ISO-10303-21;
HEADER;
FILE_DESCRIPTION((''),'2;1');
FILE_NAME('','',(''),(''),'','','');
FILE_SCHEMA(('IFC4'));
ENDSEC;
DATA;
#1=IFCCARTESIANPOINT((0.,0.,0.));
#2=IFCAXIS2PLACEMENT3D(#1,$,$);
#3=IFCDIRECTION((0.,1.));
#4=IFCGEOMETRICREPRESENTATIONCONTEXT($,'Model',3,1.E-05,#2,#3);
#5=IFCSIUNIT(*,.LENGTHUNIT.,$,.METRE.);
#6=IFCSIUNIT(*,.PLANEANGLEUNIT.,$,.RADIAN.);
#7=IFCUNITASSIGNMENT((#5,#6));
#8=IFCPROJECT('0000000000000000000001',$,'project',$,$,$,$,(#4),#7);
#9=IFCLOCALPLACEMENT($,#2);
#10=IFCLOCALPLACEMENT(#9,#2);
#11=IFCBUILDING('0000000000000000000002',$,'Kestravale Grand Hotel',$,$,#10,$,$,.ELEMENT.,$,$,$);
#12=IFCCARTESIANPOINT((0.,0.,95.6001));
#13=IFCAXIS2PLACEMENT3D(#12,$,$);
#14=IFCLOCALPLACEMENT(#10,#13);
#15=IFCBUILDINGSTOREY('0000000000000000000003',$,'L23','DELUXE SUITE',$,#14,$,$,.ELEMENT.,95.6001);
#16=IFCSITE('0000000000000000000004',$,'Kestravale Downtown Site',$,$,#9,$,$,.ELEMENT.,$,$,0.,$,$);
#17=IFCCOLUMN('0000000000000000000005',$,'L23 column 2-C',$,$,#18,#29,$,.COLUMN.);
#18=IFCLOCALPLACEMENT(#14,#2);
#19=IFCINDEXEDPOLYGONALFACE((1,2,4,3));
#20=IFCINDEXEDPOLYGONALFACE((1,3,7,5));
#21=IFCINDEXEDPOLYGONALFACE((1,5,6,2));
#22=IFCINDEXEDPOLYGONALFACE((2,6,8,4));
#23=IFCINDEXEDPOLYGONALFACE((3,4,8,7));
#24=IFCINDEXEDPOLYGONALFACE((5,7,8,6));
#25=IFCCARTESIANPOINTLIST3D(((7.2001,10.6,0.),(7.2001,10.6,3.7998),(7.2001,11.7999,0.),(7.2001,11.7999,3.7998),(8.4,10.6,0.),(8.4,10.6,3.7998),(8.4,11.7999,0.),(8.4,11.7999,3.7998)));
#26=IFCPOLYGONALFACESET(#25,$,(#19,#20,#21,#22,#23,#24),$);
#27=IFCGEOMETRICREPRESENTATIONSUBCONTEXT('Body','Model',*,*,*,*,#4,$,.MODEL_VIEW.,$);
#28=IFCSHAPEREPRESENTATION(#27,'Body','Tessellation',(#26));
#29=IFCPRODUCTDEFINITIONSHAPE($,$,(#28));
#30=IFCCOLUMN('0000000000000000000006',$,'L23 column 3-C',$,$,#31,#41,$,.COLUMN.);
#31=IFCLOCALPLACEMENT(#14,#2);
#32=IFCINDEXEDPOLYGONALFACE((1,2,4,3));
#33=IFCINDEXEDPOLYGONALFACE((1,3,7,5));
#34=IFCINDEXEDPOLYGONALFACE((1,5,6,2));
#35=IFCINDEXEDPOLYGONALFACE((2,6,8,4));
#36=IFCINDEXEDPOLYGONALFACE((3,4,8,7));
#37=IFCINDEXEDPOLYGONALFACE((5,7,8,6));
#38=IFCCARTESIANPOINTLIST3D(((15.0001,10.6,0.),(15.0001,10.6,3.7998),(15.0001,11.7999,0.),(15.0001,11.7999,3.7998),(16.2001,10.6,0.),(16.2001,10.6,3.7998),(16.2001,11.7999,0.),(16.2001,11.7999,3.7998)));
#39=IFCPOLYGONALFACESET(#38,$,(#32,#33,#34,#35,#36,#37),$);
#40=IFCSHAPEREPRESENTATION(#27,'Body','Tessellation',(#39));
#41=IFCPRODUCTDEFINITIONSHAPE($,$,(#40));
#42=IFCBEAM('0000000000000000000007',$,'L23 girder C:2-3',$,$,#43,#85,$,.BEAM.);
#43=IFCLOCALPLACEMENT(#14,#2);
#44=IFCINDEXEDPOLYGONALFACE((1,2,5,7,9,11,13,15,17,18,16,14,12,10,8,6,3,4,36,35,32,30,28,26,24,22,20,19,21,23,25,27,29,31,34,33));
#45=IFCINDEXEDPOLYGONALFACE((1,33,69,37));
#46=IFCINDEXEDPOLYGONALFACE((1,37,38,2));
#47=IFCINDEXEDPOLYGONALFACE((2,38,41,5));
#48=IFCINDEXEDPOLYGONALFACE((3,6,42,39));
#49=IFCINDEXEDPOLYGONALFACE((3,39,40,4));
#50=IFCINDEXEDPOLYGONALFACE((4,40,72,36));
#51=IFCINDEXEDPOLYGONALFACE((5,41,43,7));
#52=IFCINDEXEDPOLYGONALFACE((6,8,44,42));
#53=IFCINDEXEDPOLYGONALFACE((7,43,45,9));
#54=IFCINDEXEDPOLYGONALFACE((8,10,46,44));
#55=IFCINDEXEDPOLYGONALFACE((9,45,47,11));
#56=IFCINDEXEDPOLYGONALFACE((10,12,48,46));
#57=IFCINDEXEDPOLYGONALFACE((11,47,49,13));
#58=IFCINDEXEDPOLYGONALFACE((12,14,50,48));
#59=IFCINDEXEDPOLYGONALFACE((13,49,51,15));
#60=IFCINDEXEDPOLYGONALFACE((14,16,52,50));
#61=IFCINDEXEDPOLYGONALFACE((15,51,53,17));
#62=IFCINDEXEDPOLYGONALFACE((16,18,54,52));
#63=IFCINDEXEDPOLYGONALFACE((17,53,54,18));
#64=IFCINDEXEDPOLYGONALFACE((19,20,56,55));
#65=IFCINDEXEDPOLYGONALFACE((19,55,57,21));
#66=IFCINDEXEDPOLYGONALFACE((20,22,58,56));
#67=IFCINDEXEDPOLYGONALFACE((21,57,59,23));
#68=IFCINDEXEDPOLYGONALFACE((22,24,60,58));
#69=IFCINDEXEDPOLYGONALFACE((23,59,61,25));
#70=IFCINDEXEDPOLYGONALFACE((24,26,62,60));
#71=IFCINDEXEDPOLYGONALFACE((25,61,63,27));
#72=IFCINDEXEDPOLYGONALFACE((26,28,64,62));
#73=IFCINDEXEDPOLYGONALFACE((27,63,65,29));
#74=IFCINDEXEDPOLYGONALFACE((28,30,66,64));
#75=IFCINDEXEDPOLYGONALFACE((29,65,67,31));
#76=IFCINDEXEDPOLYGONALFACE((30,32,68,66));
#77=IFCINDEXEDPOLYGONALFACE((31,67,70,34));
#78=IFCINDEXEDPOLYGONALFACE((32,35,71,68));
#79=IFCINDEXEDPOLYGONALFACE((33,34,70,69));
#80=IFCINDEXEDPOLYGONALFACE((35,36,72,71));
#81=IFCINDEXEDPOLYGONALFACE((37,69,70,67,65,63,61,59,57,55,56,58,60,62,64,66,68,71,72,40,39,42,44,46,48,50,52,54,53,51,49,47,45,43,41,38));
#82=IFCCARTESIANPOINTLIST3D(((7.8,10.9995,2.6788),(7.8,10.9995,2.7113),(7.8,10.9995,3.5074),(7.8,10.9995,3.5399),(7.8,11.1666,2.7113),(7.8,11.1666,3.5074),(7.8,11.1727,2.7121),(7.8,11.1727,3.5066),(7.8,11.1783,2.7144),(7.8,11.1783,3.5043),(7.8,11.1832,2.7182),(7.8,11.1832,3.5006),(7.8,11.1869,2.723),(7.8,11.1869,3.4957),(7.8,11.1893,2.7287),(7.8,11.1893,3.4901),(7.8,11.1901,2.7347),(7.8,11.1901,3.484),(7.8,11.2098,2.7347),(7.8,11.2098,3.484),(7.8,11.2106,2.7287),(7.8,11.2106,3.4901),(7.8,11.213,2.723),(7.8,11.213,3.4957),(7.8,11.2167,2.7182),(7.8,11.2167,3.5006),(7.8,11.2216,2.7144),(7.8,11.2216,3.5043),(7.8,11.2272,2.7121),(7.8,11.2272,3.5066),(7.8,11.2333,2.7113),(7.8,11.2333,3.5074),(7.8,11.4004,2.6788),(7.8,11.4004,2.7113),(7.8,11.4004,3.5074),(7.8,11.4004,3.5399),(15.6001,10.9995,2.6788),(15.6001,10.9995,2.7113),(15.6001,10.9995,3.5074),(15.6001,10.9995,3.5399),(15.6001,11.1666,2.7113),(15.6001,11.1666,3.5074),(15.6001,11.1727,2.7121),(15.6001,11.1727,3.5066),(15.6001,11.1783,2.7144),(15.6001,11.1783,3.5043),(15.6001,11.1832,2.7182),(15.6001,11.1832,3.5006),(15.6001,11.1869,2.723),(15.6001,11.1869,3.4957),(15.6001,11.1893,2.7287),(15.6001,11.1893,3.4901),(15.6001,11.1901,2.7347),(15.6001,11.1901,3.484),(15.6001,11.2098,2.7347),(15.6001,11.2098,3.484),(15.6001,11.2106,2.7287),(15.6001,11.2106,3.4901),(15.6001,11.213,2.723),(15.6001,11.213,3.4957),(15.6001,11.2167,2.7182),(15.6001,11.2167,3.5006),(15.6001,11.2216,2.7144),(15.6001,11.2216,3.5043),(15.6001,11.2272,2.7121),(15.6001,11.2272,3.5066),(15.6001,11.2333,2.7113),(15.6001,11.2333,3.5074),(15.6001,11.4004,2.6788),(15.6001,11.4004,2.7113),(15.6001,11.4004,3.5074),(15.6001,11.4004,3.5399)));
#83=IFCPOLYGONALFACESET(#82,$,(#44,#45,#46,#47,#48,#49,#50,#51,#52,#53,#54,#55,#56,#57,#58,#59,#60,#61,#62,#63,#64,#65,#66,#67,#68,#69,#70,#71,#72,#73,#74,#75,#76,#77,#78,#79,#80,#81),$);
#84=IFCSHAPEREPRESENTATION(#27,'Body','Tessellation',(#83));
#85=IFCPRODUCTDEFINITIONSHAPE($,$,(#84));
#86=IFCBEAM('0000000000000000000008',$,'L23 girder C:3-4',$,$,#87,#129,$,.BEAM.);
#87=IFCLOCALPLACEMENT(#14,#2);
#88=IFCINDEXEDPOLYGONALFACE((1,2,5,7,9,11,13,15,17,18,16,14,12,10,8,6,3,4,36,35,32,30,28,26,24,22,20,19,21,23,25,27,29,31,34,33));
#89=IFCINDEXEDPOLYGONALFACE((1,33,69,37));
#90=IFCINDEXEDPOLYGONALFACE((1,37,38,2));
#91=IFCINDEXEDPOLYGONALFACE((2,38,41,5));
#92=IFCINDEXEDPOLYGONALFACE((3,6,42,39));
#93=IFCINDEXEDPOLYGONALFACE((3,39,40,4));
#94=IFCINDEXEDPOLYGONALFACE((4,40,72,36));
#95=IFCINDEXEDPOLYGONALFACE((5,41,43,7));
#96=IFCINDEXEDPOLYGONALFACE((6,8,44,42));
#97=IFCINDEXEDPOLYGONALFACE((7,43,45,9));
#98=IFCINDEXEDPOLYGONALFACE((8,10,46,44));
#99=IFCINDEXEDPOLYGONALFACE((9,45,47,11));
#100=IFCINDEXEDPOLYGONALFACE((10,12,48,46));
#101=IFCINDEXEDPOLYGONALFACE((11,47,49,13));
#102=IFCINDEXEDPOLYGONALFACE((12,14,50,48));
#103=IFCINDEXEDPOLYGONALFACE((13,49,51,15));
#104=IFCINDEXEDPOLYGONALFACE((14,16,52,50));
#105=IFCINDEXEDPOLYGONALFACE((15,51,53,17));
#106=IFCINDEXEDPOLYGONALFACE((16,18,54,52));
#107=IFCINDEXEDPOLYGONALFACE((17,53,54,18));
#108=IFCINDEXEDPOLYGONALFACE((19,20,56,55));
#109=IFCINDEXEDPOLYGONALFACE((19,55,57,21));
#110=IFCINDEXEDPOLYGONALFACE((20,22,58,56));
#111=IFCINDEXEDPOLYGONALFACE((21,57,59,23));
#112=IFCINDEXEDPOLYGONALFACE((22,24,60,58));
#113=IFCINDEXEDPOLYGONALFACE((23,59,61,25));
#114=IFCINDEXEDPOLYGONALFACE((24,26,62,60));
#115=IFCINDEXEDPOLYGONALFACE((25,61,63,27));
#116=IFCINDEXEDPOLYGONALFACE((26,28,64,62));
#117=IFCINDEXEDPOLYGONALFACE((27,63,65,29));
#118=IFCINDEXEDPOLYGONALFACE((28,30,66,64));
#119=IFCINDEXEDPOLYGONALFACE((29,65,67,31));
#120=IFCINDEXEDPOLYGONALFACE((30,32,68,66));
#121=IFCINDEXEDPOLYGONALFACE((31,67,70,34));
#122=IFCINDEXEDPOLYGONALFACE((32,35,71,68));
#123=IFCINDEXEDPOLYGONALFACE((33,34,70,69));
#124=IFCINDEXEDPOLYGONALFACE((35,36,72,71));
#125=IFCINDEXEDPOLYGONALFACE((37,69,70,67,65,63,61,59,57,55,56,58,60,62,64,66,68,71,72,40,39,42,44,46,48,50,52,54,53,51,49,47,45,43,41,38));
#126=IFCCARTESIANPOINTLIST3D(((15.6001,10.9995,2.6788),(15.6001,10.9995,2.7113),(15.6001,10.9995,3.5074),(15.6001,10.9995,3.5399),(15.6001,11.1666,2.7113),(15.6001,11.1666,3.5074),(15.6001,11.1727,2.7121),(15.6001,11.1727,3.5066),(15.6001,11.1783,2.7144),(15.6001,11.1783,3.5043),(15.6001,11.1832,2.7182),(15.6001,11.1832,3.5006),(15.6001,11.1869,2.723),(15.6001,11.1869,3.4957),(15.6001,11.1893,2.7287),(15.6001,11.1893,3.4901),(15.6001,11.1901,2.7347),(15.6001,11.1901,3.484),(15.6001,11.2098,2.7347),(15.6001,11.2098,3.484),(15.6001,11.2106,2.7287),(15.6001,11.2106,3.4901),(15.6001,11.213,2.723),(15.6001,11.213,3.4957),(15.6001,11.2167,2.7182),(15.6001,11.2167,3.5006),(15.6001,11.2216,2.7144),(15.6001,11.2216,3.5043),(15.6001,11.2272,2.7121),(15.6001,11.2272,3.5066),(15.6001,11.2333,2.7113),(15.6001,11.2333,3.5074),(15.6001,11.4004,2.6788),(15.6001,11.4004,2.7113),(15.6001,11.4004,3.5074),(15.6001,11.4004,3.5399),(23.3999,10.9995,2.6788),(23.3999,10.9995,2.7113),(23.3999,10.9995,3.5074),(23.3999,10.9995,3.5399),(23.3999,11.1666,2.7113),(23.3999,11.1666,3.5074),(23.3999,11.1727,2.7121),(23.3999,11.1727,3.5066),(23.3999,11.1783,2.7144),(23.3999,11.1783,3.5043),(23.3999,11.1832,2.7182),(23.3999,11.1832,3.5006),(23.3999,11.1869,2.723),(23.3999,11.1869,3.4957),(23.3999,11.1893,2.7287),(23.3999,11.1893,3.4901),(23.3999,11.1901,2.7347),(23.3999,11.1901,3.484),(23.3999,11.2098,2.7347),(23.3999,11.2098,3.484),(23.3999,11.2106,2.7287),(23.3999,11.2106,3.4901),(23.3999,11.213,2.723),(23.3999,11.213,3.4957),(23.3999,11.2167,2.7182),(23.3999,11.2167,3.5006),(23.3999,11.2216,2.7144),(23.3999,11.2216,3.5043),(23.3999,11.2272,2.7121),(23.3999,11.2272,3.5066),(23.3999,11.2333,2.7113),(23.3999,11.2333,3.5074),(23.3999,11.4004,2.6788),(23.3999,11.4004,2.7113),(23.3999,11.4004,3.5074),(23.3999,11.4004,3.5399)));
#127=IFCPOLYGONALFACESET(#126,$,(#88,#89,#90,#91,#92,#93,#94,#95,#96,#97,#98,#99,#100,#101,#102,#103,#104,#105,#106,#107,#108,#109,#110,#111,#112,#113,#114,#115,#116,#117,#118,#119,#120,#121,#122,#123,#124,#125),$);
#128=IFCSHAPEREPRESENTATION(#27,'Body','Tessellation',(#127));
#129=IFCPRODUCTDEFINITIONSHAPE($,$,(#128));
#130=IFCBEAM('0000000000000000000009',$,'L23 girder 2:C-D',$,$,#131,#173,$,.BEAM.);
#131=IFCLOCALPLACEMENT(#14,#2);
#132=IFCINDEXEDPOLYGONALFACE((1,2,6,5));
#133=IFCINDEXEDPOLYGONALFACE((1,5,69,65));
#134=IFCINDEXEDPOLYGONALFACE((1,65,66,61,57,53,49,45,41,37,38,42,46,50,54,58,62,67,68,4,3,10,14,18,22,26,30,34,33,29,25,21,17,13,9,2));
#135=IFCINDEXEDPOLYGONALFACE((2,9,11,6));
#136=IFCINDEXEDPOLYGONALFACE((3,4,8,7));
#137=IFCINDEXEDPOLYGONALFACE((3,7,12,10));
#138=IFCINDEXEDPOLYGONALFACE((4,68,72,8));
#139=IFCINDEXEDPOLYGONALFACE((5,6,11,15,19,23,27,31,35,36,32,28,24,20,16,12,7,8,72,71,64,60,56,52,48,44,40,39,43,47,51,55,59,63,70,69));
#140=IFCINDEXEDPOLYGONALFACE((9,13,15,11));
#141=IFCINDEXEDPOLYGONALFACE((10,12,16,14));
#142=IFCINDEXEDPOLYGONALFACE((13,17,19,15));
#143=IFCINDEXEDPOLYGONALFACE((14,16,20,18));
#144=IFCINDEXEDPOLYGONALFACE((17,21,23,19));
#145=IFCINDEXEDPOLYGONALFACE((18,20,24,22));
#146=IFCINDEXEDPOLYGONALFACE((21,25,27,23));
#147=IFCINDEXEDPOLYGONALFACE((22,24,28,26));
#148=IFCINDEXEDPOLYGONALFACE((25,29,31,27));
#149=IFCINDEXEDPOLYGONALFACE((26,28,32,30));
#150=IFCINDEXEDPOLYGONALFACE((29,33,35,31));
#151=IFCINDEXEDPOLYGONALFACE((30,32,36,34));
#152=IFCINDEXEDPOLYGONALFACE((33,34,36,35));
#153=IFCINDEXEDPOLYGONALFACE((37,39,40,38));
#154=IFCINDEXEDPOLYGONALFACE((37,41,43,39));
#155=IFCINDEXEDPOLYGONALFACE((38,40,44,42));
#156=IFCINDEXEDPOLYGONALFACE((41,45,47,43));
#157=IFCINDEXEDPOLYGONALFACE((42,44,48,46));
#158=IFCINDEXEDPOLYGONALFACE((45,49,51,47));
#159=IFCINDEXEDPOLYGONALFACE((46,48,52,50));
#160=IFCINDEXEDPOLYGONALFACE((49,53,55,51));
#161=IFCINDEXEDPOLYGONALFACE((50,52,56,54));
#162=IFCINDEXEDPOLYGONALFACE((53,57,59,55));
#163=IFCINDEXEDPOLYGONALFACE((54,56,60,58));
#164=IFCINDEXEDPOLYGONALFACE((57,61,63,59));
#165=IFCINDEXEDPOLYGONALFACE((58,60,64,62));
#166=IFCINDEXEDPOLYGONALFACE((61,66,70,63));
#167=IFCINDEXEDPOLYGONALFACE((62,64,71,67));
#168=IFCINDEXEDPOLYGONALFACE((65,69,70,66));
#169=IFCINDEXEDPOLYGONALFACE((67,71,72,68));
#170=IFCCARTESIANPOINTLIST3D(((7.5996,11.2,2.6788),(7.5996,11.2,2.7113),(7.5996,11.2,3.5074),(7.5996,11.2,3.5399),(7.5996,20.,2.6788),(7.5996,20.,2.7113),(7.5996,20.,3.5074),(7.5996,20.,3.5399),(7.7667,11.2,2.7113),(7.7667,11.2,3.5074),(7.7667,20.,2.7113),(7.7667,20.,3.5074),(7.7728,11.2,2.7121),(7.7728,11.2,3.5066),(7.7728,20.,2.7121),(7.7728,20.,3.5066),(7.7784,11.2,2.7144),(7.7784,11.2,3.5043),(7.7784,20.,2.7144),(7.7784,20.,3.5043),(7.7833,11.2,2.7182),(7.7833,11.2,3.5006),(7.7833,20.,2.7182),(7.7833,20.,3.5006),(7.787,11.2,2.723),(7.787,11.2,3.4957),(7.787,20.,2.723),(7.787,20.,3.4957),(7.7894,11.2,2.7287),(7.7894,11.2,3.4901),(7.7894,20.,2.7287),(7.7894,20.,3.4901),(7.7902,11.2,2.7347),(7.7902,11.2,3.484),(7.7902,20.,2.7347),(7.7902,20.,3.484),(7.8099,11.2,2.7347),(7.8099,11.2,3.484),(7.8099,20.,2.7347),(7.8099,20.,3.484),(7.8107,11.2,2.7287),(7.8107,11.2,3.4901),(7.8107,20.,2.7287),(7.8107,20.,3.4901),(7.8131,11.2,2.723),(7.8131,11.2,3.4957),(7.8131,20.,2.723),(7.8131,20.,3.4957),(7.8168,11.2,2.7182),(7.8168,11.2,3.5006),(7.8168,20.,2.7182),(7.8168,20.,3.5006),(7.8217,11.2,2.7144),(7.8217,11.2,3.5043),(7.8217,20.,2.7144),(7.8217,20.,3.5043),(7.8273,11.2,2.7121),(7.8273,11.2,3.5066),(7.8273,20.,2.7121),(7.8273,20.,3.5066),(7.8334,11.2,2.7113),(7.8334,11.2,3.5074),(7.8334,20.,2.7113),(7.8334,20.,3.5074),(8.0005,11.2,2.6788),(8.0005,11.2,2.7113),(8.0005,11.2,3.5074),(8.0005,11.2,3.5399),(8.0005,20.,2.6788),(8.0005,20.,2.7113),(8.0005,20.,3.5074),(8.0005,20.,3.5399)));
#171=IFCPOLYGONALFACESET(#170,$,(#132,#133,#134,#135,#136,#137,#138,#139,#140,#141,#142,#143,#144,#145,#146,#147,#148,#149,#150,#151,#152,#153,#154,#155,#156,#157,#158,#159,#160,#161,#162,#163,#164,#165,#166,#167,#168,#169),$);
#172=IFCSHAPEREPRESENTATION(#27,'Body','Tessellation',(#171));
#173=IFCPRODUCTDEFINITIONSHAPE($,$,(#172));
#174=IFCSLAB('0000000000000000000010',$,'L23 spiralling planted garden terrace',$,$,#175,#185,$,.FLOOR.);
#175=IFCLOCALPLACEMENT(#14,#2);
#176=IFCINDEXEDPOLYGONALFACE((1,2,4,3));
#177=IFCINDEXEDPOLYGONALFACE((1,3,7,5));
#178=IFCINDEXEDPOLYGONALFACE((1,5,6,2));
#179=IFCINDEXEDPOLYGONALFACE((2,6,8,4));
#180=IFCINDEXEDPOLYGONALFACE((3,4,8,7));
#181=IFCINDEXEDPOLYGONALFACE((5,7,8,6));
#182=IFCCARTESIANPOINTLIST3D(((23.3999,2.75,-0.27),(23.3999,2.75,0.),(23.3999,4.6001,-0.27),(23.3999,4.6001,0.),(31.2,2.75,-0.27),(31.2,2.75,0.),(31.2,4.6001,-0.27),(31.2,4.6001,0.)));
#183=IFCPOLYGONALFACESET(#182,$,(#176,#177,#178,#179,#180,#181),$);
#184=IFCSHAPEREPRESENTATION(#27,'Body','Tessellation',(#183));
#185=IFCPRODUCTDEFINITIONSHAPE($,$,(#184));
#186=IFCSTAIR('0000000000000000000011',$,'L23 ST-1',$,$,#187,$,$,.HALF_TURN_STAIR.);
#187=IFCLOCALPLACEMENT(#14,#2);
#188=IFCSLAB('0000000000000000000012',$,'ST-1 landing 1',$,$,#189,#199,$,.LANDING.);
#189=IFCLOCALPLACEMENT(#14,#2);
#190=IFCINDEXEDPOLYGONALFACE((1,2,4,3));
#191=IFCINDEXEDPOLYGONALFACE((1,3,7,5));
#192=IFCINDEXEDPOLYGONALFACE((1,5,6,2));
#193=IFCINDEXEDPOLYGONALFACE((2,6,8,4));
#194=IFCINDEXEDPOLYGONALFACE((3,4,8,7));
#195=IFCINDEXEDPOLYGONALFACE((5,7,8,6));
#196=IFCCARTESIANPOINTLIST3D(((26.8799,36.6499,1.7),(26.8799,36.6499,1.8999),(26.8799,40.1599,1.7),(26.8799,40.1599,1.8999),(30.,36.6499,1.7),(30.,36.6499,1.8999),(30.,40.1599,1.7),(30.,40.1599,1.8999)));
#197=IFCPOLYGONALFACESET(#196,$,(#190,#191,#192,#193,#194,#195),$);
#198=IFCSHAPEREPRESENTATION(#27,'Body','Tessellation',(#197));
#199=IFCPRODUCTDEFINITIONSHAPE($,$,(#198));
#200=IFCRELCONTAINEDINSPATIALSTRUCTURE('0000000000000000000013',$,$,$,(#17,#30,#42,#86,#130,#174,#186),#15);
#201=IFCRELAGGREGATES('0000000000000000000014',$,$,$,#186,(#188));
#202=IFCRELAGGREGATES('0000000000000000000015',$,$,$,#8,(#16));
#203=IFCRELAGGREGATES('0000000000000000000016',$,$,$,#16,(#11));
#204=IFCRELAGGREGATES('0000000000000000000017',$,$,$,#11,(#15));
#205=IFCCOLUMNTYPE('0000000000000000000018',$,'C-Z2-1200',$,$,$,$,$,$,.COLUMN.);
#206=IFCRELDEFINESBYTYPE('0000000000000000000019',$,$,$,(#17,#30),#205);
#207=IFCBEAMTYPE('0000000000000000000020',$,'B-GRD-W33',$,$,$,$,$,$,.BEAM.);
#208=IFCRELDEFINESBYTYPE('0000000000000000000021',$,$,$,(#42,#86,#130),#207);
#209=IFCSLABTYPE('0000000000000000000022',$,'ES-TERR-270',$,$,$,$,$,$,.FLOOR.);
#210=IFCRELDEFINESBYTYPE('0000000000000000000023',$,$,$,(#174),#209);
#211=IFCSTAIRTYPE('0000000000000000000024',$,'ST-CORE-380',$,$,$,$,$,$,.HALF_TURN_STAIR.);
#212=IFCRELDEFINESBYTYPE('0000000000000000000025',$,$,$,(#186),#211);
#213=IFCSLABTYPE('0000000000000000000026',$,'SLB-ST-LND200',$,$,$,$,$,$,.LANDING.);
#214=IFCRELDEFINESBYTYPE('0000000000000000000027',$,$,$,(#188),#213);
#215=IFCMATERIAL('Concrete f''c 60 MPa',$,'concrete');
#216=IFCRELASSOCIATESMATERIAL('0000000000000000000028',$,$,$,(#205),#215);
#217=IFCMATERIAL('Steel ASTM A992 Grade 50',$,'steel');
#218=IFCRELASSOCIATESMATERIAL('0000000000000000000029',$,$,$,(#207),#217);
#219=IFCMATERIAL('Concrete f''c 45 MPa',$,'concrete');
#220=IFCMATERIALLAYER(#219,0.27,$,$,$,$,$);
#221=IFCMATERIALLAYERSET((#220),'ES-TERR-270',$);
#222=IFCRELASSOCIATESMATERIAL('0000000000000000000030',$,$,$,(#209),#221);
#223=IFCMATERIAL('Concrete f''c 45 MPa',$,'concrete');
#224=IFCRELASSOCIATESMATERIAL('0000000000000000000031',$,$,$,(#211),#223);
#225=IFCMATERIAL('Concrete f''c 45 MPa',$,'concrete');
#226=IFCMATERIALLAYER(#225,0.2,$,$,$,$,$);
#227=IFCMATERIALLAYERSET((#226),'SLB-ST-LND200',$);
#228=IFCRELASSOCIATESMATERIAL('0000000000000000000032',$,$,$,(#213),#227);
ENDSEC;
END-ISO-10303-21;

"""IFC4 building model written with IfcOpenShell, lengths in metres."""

from ifc_helpers import new_model, si_unit, direction, frame, origin, origin_2d, place, context, subcontext, project, spatial, polyline, rectangle, i_section, outline, extrude, material, layer, layer_set, material_profile, profile_set, type_object, element, aggregate, save


model = new_model("IFC4")

# Units and contexts
model_context = context("Model", 3, precision=1e-05, world=origin(), true_north=direction((0.0, 1.0)))
body_context = subcontext(model_context, "Body", "Model", "MODEL_VIEW")
ifc_project = project(units=[si_unit("LENGTHUNIT", "METRE"), si_unit("PLANEANGLEUNIT", "RADIAN")], contexts=[model_context])

# Site, building, storey
site_placement = place(None, origin())
site = spatial("IfcSite", under=ifc_project, at=site_placement, Name="Kestravale Downtown Site", CompositionType="ELEMENT", RefElevation=0.0)
building_placement = place(site_placement, origin())
building = spatial("IfcBuilding", under=site, at=building_placement, Name="Kestravale Grand Hotel", CompositionType="ELEMENT")
storey_placement = place(building_placement, frame((0.0, 0.0, 95.6001)))
storey = spatial("IfcBuildingStorey", under=building, at=storey_placement, Name="L23", Description="DELUXE SUITE", CompositionType="ELEMENT", Elevation=95.6001)

# Columns
ifc_material_1 = material(Name="Concrete f'c 60 MPa", Category="concrete")
ifc_material_profile_1 = material_profile(ifc_material_1, rectangle(XDim=1.2, YDim=1.2, at=origin_2d()))
ifc_profile_set_1 = profile_set([ifc_material_profile_1], Name="Concrete f'c 60 MPa")
column_type = type_object("IfcColumnType", Name="C-Z2-1200", PredefinedType="COLUMN", material=ifc_profile_set_1)
for number, where, z_axis, x_axis, name in (
    (1, (7.8, 11.2, 0.0), (0.0, 0.0, 1.0), (1.0, 0.0, 0.0), "L23 column 2-C"),
    (2, (15.6001, 11.2, 0.0), (0.0, 0.0, 1.0), (1.0, 0.0, 0.0), "L23 column 3-C"),
):
    element("IfcColumn", number, at=place(storey_placement, frame(where, z_axis=z_axis, x_axis=x_axis)), inside=storey, type_object=column_type, Name=name, PredefinedType="COLUMN", context=body_context, shape_type="SweptSolid", body=[
        extrude(rectangle(XDim=1.2, YDim=1.2, at=origin_2d()), origin(), (0.0, 0.0, 1.0), 3.7998),
    ])

# Beams
ifc_material_2 = material(Name="Steel ASTM A992 Grade 50", Category="steel")
ifc_material_profile_2 = material_profile(ifc_material_2, i_section(OverallWidth=0.4009, OverallDepth=0.8611, WebThickness=0.0198, FlangeThickness=0.0325, FilletRadius=0.0234, at=origin_2d()))
ifc_profile_set_2 = profile_set([ifc_material_profile_2], Name="Steel ASTM A992 Grade 50")
beam_type = type_object("IfcBeamType", Name="B-GRD-W33", PredefinedType="BEAM", material=ifc_profile_set_2)
beam_1_placement = place(storey_placement, frame((7.8, 11.2, 3.1094), z_axis=(1.0, 0.0, 0.0), x_axis=(0.0, 1.0, 0.0)))
element("IfcBeam", 3, at=beam_1_placement, inside=storey, type_object=beam_type, Name="L23 girder C:2-3", PredefinedType="BEAM", context=body_context, shape_type="SweptSolid", body=[
    extrude(i_section(OverallWidth=0.4009, OverallDepth=0.8611, WebThickness=0.0198, FlangeThickness=0.0325, FilletRadius=0.0234, at=origin_2d()), origin(), (0.0, 0.0, 1.0), 7.8),
])
beam_2_placement = place(storey_placement, frame((15.6001, 11.2, 3.1094), z_axis=(1.0, 0.0, 0.0), x_axis=(0.0, 1.0, 0.0)))
element("IfcBeam", 4, at=beam_2_placement, inside=storey, type_object=beam_type, Name="L23 girder C:3-4", PredefinedType="BEAM", context=body_context, shape_type="SweptSolid", body=[
    extrude(i_section(OverallWidth=0.4009, OverallDepth=0.8611, WebThickness=0.0198, FlangeThickness=0.0325, FilletRadius=0.0234, at=origin_2d()), origin(), (0.0, 0.0, 1.0), 7.7998),
])
beam_3_placement = place(storey_placement, frame((7.8, 11.2, 3.1094), z_axis=(0.0, 1.0, 0.0), x_axis=(-1.0, 0.0, 0.0)))
element("IfcBeam", 5, at=beam_3_placement, inside=storey, type_object=beam_type, Name="L23 girder 2:C-D", PredefinedType="BEAM", context=body_context, shape_type="SweptSolid", body=[
    extrude(i_section(OverallWidth=0.4009, OverallDepth=0.8611, WebThickness=0.0198, FlangeThickness=0.0325, FilletRadius=0.0234, at=origin_2d()), origin(), (0.0, 0.0, 1.0), 8.8),
])

# Slab
ifc_material_3 = material(Name="Concrete f'c 45 MPa", Category="concrete")
ifc_layer_1 = layer(ifc_material_3, 0.27)
ifc_layer_set_1 = layer_set([ifc_layer_1], Name="ES-TERR-270")
slab_type_1 = type_object("IfcSlabType", Name="ES-TERR-270", PredefinedType="FLOOR", material=ifc_layer_set_1)
slab_1_placement = place(storey_placement, frame((0.0, 0.0, -0.27)))
element("IfcSlab", 6, at=slab_1_placement, inside=storey, type_object=slab_type_1, Name="L23 spiralling planted garden terrace", PredefinedType="FLOOR", context=body_context, shape_type="SweptSolid", body=[
    extrude(outline(polyline([(23.3999, 2.75), (31.2, 2.75), (31.2, 4.6001), (23.3999, 4.6001), (23.3999, 2.75)])), origin(), (0.0, 0.0, 1.0), 0.27),
])

# Stair, slab
ifc_material_4 = material(Name="Concrete f'c 45 MPa", Category="concrete")
stair_type = type_object("IfcStairType", Name="ST-CORE-380", PredefinedType="HALF_TURN_STAIR", material=ifc_material_4)
stair_1_placement = place(storey_placement, origin())
stair_1 = element("IfcStair", 7, at=stair_1_placement, inside=storey, type_object=stair_type, Name="L23 ST-1", PredefinedType="HALF_TURN_STAIR")
ifc_material_5 = material(Name="Concrete f'c 45 MPa", Category="concrete")
ifc_layer_2 = layer(ifc_material_5, 0.2)
ifc_layer_set_2 = layer_set([ifc_layer_2], Name="SLB-ST-LND200")
slab_type_2 = type_object("IfcSlabType", Name="SLB-ST-LND200", PredefinedType="LANDING", material=ifc_layer_set_2)
slab_2_placement = place(storey_placement, frame((0.0, 0.0, 1.7)))
slab_2 = element("IfcSlab", 8, at=slab_2_placement, type_object=slab_type_2, Name="ST-1 landing 1", PredefinedType="LANDING", context=body_context, shape_type="SweptSolid", body=[
    extrude(outline(polyline([(26.8799, 36.6499), (30.0, 36.6499), (30.0, 40.1599), (26.8799, 40.1599), (26.8799, 36.6499)])), origin(), (0.0, 0.0, 1.0), 0.2),
])
aggregate(stair_1, [slab_2])

save(model, "model.ifc")
